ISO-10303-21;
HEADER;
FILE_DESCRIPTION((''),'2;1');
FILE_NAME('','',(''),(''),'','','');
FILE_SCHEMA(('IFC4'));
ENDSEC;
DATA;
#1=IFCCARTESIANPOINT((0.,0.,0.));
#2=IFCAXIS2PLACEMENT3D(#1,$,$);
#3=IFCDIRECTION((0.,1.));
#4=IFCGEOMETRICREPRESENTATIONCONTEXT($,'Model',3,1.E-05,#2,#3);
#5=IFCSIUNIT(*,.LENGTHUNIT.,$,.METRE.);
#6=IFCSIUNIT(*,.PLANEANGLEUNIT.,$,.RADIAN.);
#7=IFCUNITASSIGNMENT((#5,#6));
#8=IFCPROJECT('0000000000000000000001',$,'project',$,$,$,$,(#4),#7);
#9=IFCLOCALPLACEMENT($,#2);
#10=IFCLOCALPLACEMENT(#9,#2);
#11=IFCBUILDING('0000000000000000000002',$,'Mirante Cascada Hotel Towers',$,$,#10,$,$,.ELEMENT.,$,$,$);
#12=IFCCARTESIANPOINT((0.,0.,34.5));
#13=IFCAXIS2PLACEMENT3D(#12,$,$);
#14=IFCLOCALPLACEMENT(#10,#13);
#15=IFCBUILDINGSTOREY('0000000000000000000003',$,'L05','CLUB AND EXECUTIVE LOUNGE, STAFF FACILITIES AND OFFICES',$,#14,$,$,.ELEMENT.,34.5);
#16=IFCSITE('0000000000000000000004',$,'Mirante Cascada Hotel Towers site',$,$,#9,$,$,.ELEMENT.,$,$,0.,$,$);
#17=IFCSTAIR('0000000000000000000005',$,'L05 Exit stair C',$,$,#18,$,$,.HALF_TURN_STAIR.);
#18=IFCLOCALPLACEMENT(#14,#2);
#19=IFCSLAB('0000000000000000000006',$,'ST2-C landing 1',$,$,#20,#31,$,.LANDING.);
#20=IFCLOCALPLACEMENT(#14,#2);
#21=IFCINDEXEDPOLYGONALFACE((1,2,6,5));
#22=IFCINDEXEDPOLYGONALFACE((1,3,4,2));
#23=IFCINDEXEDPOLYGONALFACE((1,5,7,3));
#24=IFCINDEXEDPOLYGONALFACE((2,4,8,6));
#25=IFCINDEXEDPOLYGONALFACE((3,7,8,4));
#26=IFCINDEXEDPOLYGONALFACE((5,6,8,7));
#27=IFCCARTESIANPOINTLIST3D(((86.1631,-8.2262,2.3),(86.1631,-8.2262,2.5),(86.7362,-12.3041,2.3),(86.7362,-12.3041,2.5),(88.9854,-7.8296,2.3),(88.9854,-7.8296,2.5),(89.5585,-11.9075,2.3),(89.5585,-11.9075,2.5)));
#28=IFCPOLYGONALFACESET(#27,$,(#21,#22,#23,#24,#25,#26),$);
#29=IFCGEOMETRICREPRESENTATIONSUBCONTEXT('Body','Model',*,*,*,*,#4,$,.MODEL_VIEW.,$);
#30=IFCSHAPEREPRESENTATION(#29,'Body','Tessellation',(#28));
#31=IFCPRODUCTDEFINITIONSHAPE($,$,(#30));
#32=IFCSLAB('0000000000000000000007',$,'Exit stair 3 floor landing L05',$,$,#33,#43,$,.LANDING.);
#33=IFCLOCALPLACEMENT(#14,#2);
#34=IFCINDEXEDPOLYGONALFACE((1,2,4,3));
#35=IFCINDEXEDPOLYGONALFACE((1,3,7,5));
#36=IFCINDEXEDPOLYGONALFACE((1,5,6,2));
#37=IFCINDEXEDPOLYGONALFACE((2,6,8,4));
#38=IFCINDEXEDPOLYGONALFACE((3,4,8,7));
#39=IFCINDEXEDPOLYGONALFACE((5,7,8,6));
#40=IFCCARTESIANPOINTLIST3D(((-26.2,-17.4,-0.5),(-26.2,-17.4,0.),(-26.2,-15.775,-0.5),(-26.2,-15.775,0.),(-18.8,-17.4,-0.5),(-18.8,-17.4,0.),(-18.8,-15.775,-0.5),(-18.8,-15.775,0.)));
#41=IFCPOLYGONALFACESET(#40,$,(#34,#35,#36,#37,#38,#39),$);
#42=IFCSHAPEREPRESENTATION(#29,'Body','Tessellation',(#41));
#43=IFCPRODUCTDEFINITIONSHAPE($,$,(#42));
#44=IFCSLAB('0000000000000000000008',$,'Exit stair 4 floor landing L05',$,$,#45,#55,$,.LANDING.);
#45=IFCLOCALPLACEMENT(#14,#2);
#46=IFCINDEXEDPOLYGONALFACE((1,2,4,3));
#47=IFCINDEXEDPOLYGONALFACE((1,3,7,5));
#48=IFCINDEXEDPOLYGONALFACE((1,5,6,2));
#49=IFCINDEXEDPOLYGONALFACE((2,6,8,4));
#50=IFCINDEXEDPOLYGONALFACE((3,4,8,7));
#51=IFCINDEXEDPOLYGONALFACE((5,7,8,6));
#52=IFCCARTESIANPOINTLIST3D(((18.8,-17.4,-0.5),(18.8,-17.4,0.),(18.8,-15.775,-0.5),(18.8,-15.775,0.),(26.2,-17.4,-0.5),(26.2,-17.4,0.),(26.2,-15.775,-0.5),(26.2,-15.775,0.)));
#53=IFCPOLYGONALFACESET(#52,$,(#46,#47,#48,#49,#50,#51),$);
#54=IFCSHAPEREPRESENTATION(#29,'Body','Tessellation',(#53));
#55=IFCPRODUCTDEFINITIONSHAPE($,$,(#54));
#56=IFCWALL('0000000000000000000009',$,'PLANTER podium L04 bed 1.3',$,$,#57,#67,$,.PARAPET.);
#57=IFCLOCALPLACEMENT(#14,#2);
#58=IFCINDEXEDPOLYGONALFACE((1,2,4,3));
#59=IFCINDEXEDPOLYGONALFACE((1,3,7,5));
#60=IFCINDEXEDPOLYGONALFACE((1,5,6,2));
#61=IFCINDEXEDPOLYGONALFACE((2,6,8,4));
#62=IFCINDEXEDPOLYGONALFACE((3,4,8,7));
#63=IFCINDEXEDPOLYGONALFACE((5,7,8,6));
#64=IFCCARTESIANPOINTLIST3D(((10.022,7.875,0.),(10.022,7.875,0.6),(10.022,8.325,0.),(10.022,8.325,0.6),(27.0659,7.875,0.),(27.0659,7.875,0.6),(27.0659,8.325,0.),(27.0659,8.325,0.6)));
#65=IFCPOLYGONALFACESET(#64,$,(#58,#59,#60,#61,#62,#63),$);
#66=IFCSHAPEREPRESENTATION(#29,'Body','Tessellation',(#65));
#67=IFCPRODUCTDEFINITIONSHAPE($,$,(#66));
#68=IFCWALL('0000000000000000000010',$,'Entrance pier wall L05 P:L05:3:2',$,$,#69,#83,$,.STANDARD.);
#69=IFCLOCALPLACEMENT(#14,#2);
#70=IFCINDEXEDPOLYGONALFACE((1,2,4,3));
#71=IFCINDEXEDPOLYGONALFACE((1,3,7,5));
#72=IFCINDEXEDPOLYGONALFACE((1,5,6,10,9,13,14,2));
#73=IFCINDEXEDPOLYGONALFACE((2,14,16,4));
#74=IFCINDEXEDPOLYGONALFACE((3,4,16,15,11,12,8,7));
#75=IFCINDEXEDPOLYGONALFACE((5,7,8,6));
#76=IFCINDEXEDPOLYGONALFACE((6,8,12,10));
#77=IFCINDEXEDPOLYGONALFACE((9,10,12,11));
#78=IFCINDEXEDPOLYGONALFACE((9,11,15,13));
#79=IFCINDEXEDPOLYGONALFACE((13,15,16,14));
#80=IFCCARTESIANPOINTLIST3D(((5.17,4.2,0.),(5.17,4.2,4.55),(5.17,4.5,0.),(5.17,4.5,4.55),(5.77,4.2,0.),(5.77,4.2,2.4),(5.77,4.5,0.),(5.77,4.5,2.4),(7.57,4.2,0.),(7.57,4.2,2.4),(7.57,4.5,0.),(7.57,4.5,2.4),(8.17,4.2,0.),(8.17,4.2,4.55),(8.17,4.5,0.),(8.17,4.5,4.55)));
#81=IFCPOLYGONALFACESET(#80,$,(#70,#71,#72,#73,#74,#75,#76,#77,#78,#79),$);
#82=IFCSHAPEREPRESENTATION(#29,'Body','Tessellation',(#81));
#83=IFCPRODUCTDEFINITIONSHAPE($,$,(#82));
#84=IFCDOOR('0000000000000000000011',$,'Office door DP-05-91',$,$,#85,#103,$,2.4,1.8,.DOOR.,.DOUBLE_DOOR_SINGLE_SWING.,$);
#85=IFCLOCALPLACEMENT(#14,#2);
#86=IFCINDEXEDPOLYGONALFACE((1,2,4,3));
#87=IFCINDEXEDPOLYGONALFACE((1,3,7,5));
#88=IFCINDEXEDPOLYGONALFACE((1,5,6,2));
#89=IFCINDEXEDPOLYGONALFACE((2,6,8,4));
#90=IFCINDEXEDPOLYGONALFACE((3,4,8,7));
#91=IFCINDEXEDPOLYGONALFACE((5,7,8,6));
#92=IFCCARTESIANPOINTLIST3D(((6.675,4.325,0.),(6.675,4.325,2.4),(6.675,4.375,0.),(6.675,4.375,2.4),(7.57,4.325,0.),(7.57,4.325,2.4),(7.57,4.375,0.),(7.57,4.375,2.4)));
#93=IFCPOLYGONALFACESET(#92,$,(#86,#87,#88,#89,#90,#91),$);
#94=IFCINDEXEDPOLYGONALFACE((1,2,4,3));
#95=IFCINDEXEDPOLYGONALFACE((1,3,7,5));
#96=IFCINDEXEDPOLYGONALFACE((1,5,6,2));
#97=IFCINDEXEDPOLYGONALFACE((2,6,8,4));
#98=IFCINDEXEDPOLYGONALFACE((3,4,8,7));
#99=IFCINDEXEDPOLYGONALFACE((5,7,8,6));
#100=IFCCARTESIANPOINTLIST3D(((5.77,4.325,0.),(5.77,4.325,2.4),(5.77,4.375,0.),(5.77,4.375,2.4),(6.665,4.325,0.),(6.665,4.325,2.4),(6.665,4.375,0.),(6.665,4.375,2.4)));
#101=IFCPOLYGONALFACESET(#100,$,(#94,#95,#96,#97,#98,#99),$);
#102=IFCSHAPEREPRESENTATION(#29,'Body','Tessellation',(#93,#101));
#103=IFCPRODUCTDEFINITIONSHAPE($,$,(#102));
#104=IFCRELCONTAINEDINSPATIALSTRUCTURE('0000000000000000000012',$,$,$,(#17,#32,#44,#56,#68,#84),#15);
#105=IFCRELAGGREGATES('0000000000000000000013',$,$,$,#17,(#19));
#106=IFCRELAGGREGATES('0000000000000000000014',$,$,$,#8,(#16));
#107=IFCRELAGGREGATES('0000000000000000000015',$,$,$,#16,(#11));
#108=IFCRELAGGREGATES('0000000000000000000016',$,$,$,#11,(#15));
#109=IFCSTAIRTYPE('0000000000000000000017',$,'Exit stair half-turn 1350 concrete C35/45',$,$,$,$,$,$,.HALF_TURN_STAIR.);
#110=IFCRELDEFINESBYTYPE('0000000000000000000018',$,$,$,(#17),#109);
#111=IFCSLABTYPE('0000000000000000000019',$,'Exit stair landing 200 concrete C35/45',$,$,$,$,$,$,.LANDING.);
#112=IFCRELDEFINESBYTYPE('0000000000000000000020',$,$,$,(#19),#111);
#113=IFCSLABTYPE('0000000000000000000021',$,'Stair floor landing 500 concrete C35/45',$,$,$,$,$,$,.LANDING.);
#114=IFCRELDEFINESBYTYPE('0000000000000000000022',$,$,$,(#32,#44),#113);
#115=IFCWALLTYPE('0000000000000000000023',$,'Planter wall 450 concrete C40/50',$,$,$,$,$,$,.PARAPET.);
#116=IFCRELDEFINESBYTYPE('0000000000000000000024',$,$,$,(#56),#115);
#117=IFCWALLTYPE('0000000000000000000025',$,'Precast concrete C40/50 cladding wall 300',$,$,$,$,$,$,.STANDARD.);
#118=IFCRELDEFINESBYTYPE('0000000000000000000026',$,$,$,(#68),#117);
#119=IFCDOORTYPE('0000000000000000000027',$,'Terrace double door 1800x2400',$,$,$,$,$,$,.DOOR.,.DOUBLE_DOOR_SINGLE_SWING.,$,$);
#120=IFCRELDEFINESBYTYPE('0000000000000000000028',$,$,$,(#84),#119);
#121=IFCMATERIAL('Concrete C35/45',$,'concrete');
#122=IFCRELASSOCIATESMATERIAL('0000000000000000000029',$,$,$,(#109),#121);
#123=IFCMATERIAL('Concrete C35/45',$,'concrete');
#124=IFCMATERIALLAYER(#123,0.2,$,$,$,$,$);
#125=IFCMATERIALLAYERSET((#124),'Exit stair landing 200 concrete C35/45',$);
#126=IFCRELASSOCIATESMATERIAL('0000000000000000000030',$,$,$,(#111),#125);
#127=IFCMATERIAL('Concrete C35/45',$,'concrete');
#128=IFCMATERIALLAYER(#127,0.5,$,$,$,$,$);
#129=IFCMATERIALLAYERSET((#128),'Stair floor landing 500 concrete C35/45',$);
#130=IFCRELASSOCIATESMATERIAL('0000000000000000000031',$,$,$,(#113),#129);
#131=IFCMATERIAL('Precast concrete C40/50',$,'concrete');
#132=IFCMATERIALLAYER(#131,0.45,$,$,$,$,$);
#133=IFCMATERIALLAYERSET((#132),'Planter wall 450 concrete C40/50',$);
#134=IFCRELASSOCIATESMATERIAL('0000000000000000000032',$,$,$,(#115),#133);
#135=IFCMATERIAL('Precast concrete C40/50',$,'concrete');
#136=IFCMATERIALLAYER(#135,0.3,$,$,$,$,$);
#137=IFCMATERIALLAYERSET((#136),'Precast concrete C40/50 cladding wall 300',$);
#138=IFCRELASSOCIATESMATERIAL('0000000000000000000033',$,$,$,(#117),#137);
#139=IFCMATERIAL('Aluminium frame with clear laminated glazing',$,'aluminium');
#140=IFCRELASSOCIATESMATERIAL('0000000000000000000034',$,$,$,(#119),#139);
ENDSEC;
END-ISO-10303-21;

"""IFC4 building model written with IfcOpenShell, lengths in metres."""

from ifc_helpers import new_model, si_unit, direction, frame, frame_2d, origin, place, context, subcontext, project, spatial, polyline, rectangle, outline, extrude, material, layer, layer_set, type_object, element, fill, aggregate, save


model = new_model("IFC4")

# Units and contexts
model_context = context("Model", 3, precision=1e-05, world=origin(), true_north=direction((0.0, 1.0)))
body_context = subcontext(model_context, "Body", "Model", "MODEL_VIEW")
ifc_project = project(units=[si_unit("LENGTHUNIT", "METRE"), si_unit("PLANEANGLEUNIT", "RADIAN")], contexts=[model_context])

# Site, building, storey
site_placement = place(None, origin())
site = spatial("IfcSite", under=ifc_project, at=site_placement, Name="Mirante Cascada Hotel Towers site", CompositionType="ELEMENT", RefElevation=0.0)
building_placement = place(site_placement, origin())
building = spatial("IfcBuilding", under=site, at=building_placement, Name="Mirante Cascada Hotel Towers", CompositionType="ELEMENT")
storey_placement = place(building_placement, frame((0.0, 0.0, 34.5)))
storey = spatial("IfcBuildingStorey", under=building, at=storey_placement, Name="L05", Description="CLUB AND EXECUTIVE LOUNGE, STAFF FACILITIES AND OFFICES", CompositionType="ELEMENT", Elevation=34.5)

# Stair, slab
ifc_material_1 = material(Name="Concrete C35/45", Category="concrete")
stair_type = type_object("IfcStairType", Name="Exit stair half-turn 1350 concrete C35/45", PredefinedType="HALF_TURN_STAIR", material=ifc_material_1)
stair_placement = place(storey_placement, origin())
stair = element("IfcStair", 1, at=stair_placement, inside=storey, type_object=stair_type, Name="L05 Exit stair C", PredefinedType="HALF_TURN_STAIR")
ifc_material_2 = material(Name="Concrete C35/45", Category="concrete")
ifc_layer_1 = layer(ifc_material_2, 0.2)
ifc_layer_set_1 = layer_set([ifc_layer_1], Name="Exit stair landing 200 concrete C35/45")
slab_type_1 = type_object("IfcSlabType", Name="Exit stair landing 200 concrete C35/45", PredefinedType="LANDING", material=ifc_layer_set_1)
slab_1_placement = place(storey_placement, frame((0.0, 0.0, 2.3)))
slab_1 = element("IfcSlab", 2, at=slab_1_placement, type_object=slab_type_1, Name="ST2-C landing 1", PredefinedType="LANDING", context=body_context, shape_type="SweptSolid", body=[
    extrude(outline(polyline([(86.1631, -8.2262), (86.7362, -12.3041), (89.5585, -11.9075), (88.9854, -7.8296), (86.1631, -8.2262)])), origin(), (0.0, 0.0, 1.0), 0.2),
])
aggregate(stair, [slab_1])

# Slabs
ifc_material_3 = material(Name="Concrete C35/45", Category="concrete")
ifc_layer_2 = layer(ifc_material_3, 0.5)
ifc_layer_set_2 = layer_set([ifc_layer_2], Name="Stair floor landing 500 concrete C35/45")
slab_type_2 = type_object("IfcSlabType", Name="Stair floor landing 500 concrete C35/45", PredefinedType="LANDING", material=ifc_layer_set_2)
slab_2_placement = place(storey_placement, frame((0.0, 0.0, -0.5)))
element("IfcSlab", 3, at=slab_2_placement, inside=storey, type_object=slab_type_2, Name="Exit stair 3 floor landing L05", PredefinedType="LANDING", context=body_context, shape_type="SweptSolid", body=[
    extrude(outline(polyline([(-26.2, -17.4), (-18.8, -17.4), (-18.8, -15.775), (-26.2, -15.775), (-26.2, -17.4)])), origin(), (0.0, 0.0, 1.0), 0.5),
])
slab_3_placement = place(storey_placement, frame((0.0, 0.0, -0.5)))
element("IfcSlab", 4, at=slab_3_placement, inside=storey, type_object=slab_type_2, Name="Exit stair 4 floor landing L05", PredefinedType="LANDING", context=body_context, shape_type="SweptSolid", body=[
    extrude(outline(polyline([(18.8, -17.4), (26.2, -17.4), (26.2, -15.775), (18.8, -15.775), (18.8, -17.4)])), origin(), (0.0, 0.0, 1.0), 0.5),
])

# Wall
ifc_material_4 = material(Name="Precast concrete C40/50", Category="concrete")
ifc_layer_3 = layer(ifc_material_4, 0.45)
ifc_layer_set_3 = layer_set([ifc_layer_3], Name="Planter wall 450 concrete C40/50")
wall_type_1 = type_object("IfcWallType", Name="Planter wall 450 concrete C40/50", PredefinedType="PARAPET", material=ifc_layer_set_3)
wall_1_placement = place(storey_placement, frame((10.0219, 8.1, 0.0), z_axis=(0.0, 0.0, 1.0), x_axis=(1.0, 0.0, 0.0)))
element("IfcWall", 5, at=wall_1_placement, inside=storey, type_object=wall_type_1, Name="PLANTER podium L04 bed 1.3", PredefinedType="PARAPET", context=body_context, shape_type="SweptSolid", body=[
    extrude(rectangle(XDim=17.0439, YDim=0.45, at=frame_2d((8.522, 0.0))), origin(), (0.0, 0.0, 1.0), 0.6),
])

# Wall, opening, door
ifc_material_5 = material(Name="Precast concrete C40/50", Category="concrete")
ifc_layer_4 = layer(ifc_material_5, 0.3)
ifc_layer_set_4 = layer_set([ifc_layer_4], Name="Precast concrete C40/50 cladding wall 300")
wall_type_2 = type_object("IfcWallType", Name="Precast concrete C40/50 cladding wall 300", PredefinedType="STANDARD", material=ifc_layer_set_4)
wall_2_placement = place(storey_placement, frame((8.17, 4.35, 0.0), z_axis=(0.0, 0.0, 1.0), x_axis=(-1.0, 0.0, 0.0)))
wall_2 = element("IfcWall", 6, at=wall_2_placement, inside=storey, type_object=wall_type_2, Name="Entrance pier wall L05 P:L05:3:2", PredefinedType="STANDARD", context=body_context, shape_type="SweptSolid", body=[
    extrude(rectangle(XDim=3.0, YDim=0.3, at=frame_2d((1.5, 0.0))), origin(), (0.0, 0.0, 1.0), 4.55),
])
opening_placement = place(wall_2_placement, frame((0.6, 0.0, 0.0)))
opening = element("IfcOpeningElement", 7, at=opening_placement, cuts=wall_2, PredefinedType="OPENING", context=body_context, shape_type="SweptSolid", body=[
    extrude(rectangle(XDim=1.8, YDim=2.4, at=frame_2d((0.9, 1.2))), frame((0.0, 0.15, 0.0), z_axis=(0.0, -1.0, 0.0), x_axis=(1.0, 0.0, 0.0)), (0.0, 0.0, 1.0), 0.3),
])
ifc_material_6 = material(Name="Aluminium frame with clear laminated glazing", Category="aluminium")
door_type = type_object("IfcDoorType", Name="Terrace double door 1800x2400", OperationType="DOUBLE_DOOR_SINGLE_SWING", PredefinedType="DOOR", material=ifc_material_6)
door_placement = place(opening_placement, origin())
door = element("IfcDoor", 8, at=door_placement, inside=storey, type_object=door_type, Name="Office door DP-05-91", OperationType="DOUBLE_DOOR_SINGLE_SWING", OverallHeight=2.4, OverallWidth=1.8, PredefinedType="DOOR", context=body_context, shape_type="SweptSolid", body=[
    extrude(rectangle(XDim=0.895, YDim=2.4, at=frame_2d((0.4475, 1.2))), frame((0.0, 0.025, 0.0), z_axis=(0.0, -1.0, 0.0), x_axis=(1.0, 0.0, 0.0)), (0.0, 0.0, 1.0), 0.05),
    extrude(rectangle(XDim=0.895, YDim=2.4, at=frame_2d((1.3525, 1.2))), frame((0.0, 0.025, 0.0), z_axis=(0.0, -1.0, 0.0), x_axis=(1.0, 0.0, 0.0)), (0.0, 0.0, 1.0), 0.05),
])
fill(opening, door)

save(model, "model.ifc")
